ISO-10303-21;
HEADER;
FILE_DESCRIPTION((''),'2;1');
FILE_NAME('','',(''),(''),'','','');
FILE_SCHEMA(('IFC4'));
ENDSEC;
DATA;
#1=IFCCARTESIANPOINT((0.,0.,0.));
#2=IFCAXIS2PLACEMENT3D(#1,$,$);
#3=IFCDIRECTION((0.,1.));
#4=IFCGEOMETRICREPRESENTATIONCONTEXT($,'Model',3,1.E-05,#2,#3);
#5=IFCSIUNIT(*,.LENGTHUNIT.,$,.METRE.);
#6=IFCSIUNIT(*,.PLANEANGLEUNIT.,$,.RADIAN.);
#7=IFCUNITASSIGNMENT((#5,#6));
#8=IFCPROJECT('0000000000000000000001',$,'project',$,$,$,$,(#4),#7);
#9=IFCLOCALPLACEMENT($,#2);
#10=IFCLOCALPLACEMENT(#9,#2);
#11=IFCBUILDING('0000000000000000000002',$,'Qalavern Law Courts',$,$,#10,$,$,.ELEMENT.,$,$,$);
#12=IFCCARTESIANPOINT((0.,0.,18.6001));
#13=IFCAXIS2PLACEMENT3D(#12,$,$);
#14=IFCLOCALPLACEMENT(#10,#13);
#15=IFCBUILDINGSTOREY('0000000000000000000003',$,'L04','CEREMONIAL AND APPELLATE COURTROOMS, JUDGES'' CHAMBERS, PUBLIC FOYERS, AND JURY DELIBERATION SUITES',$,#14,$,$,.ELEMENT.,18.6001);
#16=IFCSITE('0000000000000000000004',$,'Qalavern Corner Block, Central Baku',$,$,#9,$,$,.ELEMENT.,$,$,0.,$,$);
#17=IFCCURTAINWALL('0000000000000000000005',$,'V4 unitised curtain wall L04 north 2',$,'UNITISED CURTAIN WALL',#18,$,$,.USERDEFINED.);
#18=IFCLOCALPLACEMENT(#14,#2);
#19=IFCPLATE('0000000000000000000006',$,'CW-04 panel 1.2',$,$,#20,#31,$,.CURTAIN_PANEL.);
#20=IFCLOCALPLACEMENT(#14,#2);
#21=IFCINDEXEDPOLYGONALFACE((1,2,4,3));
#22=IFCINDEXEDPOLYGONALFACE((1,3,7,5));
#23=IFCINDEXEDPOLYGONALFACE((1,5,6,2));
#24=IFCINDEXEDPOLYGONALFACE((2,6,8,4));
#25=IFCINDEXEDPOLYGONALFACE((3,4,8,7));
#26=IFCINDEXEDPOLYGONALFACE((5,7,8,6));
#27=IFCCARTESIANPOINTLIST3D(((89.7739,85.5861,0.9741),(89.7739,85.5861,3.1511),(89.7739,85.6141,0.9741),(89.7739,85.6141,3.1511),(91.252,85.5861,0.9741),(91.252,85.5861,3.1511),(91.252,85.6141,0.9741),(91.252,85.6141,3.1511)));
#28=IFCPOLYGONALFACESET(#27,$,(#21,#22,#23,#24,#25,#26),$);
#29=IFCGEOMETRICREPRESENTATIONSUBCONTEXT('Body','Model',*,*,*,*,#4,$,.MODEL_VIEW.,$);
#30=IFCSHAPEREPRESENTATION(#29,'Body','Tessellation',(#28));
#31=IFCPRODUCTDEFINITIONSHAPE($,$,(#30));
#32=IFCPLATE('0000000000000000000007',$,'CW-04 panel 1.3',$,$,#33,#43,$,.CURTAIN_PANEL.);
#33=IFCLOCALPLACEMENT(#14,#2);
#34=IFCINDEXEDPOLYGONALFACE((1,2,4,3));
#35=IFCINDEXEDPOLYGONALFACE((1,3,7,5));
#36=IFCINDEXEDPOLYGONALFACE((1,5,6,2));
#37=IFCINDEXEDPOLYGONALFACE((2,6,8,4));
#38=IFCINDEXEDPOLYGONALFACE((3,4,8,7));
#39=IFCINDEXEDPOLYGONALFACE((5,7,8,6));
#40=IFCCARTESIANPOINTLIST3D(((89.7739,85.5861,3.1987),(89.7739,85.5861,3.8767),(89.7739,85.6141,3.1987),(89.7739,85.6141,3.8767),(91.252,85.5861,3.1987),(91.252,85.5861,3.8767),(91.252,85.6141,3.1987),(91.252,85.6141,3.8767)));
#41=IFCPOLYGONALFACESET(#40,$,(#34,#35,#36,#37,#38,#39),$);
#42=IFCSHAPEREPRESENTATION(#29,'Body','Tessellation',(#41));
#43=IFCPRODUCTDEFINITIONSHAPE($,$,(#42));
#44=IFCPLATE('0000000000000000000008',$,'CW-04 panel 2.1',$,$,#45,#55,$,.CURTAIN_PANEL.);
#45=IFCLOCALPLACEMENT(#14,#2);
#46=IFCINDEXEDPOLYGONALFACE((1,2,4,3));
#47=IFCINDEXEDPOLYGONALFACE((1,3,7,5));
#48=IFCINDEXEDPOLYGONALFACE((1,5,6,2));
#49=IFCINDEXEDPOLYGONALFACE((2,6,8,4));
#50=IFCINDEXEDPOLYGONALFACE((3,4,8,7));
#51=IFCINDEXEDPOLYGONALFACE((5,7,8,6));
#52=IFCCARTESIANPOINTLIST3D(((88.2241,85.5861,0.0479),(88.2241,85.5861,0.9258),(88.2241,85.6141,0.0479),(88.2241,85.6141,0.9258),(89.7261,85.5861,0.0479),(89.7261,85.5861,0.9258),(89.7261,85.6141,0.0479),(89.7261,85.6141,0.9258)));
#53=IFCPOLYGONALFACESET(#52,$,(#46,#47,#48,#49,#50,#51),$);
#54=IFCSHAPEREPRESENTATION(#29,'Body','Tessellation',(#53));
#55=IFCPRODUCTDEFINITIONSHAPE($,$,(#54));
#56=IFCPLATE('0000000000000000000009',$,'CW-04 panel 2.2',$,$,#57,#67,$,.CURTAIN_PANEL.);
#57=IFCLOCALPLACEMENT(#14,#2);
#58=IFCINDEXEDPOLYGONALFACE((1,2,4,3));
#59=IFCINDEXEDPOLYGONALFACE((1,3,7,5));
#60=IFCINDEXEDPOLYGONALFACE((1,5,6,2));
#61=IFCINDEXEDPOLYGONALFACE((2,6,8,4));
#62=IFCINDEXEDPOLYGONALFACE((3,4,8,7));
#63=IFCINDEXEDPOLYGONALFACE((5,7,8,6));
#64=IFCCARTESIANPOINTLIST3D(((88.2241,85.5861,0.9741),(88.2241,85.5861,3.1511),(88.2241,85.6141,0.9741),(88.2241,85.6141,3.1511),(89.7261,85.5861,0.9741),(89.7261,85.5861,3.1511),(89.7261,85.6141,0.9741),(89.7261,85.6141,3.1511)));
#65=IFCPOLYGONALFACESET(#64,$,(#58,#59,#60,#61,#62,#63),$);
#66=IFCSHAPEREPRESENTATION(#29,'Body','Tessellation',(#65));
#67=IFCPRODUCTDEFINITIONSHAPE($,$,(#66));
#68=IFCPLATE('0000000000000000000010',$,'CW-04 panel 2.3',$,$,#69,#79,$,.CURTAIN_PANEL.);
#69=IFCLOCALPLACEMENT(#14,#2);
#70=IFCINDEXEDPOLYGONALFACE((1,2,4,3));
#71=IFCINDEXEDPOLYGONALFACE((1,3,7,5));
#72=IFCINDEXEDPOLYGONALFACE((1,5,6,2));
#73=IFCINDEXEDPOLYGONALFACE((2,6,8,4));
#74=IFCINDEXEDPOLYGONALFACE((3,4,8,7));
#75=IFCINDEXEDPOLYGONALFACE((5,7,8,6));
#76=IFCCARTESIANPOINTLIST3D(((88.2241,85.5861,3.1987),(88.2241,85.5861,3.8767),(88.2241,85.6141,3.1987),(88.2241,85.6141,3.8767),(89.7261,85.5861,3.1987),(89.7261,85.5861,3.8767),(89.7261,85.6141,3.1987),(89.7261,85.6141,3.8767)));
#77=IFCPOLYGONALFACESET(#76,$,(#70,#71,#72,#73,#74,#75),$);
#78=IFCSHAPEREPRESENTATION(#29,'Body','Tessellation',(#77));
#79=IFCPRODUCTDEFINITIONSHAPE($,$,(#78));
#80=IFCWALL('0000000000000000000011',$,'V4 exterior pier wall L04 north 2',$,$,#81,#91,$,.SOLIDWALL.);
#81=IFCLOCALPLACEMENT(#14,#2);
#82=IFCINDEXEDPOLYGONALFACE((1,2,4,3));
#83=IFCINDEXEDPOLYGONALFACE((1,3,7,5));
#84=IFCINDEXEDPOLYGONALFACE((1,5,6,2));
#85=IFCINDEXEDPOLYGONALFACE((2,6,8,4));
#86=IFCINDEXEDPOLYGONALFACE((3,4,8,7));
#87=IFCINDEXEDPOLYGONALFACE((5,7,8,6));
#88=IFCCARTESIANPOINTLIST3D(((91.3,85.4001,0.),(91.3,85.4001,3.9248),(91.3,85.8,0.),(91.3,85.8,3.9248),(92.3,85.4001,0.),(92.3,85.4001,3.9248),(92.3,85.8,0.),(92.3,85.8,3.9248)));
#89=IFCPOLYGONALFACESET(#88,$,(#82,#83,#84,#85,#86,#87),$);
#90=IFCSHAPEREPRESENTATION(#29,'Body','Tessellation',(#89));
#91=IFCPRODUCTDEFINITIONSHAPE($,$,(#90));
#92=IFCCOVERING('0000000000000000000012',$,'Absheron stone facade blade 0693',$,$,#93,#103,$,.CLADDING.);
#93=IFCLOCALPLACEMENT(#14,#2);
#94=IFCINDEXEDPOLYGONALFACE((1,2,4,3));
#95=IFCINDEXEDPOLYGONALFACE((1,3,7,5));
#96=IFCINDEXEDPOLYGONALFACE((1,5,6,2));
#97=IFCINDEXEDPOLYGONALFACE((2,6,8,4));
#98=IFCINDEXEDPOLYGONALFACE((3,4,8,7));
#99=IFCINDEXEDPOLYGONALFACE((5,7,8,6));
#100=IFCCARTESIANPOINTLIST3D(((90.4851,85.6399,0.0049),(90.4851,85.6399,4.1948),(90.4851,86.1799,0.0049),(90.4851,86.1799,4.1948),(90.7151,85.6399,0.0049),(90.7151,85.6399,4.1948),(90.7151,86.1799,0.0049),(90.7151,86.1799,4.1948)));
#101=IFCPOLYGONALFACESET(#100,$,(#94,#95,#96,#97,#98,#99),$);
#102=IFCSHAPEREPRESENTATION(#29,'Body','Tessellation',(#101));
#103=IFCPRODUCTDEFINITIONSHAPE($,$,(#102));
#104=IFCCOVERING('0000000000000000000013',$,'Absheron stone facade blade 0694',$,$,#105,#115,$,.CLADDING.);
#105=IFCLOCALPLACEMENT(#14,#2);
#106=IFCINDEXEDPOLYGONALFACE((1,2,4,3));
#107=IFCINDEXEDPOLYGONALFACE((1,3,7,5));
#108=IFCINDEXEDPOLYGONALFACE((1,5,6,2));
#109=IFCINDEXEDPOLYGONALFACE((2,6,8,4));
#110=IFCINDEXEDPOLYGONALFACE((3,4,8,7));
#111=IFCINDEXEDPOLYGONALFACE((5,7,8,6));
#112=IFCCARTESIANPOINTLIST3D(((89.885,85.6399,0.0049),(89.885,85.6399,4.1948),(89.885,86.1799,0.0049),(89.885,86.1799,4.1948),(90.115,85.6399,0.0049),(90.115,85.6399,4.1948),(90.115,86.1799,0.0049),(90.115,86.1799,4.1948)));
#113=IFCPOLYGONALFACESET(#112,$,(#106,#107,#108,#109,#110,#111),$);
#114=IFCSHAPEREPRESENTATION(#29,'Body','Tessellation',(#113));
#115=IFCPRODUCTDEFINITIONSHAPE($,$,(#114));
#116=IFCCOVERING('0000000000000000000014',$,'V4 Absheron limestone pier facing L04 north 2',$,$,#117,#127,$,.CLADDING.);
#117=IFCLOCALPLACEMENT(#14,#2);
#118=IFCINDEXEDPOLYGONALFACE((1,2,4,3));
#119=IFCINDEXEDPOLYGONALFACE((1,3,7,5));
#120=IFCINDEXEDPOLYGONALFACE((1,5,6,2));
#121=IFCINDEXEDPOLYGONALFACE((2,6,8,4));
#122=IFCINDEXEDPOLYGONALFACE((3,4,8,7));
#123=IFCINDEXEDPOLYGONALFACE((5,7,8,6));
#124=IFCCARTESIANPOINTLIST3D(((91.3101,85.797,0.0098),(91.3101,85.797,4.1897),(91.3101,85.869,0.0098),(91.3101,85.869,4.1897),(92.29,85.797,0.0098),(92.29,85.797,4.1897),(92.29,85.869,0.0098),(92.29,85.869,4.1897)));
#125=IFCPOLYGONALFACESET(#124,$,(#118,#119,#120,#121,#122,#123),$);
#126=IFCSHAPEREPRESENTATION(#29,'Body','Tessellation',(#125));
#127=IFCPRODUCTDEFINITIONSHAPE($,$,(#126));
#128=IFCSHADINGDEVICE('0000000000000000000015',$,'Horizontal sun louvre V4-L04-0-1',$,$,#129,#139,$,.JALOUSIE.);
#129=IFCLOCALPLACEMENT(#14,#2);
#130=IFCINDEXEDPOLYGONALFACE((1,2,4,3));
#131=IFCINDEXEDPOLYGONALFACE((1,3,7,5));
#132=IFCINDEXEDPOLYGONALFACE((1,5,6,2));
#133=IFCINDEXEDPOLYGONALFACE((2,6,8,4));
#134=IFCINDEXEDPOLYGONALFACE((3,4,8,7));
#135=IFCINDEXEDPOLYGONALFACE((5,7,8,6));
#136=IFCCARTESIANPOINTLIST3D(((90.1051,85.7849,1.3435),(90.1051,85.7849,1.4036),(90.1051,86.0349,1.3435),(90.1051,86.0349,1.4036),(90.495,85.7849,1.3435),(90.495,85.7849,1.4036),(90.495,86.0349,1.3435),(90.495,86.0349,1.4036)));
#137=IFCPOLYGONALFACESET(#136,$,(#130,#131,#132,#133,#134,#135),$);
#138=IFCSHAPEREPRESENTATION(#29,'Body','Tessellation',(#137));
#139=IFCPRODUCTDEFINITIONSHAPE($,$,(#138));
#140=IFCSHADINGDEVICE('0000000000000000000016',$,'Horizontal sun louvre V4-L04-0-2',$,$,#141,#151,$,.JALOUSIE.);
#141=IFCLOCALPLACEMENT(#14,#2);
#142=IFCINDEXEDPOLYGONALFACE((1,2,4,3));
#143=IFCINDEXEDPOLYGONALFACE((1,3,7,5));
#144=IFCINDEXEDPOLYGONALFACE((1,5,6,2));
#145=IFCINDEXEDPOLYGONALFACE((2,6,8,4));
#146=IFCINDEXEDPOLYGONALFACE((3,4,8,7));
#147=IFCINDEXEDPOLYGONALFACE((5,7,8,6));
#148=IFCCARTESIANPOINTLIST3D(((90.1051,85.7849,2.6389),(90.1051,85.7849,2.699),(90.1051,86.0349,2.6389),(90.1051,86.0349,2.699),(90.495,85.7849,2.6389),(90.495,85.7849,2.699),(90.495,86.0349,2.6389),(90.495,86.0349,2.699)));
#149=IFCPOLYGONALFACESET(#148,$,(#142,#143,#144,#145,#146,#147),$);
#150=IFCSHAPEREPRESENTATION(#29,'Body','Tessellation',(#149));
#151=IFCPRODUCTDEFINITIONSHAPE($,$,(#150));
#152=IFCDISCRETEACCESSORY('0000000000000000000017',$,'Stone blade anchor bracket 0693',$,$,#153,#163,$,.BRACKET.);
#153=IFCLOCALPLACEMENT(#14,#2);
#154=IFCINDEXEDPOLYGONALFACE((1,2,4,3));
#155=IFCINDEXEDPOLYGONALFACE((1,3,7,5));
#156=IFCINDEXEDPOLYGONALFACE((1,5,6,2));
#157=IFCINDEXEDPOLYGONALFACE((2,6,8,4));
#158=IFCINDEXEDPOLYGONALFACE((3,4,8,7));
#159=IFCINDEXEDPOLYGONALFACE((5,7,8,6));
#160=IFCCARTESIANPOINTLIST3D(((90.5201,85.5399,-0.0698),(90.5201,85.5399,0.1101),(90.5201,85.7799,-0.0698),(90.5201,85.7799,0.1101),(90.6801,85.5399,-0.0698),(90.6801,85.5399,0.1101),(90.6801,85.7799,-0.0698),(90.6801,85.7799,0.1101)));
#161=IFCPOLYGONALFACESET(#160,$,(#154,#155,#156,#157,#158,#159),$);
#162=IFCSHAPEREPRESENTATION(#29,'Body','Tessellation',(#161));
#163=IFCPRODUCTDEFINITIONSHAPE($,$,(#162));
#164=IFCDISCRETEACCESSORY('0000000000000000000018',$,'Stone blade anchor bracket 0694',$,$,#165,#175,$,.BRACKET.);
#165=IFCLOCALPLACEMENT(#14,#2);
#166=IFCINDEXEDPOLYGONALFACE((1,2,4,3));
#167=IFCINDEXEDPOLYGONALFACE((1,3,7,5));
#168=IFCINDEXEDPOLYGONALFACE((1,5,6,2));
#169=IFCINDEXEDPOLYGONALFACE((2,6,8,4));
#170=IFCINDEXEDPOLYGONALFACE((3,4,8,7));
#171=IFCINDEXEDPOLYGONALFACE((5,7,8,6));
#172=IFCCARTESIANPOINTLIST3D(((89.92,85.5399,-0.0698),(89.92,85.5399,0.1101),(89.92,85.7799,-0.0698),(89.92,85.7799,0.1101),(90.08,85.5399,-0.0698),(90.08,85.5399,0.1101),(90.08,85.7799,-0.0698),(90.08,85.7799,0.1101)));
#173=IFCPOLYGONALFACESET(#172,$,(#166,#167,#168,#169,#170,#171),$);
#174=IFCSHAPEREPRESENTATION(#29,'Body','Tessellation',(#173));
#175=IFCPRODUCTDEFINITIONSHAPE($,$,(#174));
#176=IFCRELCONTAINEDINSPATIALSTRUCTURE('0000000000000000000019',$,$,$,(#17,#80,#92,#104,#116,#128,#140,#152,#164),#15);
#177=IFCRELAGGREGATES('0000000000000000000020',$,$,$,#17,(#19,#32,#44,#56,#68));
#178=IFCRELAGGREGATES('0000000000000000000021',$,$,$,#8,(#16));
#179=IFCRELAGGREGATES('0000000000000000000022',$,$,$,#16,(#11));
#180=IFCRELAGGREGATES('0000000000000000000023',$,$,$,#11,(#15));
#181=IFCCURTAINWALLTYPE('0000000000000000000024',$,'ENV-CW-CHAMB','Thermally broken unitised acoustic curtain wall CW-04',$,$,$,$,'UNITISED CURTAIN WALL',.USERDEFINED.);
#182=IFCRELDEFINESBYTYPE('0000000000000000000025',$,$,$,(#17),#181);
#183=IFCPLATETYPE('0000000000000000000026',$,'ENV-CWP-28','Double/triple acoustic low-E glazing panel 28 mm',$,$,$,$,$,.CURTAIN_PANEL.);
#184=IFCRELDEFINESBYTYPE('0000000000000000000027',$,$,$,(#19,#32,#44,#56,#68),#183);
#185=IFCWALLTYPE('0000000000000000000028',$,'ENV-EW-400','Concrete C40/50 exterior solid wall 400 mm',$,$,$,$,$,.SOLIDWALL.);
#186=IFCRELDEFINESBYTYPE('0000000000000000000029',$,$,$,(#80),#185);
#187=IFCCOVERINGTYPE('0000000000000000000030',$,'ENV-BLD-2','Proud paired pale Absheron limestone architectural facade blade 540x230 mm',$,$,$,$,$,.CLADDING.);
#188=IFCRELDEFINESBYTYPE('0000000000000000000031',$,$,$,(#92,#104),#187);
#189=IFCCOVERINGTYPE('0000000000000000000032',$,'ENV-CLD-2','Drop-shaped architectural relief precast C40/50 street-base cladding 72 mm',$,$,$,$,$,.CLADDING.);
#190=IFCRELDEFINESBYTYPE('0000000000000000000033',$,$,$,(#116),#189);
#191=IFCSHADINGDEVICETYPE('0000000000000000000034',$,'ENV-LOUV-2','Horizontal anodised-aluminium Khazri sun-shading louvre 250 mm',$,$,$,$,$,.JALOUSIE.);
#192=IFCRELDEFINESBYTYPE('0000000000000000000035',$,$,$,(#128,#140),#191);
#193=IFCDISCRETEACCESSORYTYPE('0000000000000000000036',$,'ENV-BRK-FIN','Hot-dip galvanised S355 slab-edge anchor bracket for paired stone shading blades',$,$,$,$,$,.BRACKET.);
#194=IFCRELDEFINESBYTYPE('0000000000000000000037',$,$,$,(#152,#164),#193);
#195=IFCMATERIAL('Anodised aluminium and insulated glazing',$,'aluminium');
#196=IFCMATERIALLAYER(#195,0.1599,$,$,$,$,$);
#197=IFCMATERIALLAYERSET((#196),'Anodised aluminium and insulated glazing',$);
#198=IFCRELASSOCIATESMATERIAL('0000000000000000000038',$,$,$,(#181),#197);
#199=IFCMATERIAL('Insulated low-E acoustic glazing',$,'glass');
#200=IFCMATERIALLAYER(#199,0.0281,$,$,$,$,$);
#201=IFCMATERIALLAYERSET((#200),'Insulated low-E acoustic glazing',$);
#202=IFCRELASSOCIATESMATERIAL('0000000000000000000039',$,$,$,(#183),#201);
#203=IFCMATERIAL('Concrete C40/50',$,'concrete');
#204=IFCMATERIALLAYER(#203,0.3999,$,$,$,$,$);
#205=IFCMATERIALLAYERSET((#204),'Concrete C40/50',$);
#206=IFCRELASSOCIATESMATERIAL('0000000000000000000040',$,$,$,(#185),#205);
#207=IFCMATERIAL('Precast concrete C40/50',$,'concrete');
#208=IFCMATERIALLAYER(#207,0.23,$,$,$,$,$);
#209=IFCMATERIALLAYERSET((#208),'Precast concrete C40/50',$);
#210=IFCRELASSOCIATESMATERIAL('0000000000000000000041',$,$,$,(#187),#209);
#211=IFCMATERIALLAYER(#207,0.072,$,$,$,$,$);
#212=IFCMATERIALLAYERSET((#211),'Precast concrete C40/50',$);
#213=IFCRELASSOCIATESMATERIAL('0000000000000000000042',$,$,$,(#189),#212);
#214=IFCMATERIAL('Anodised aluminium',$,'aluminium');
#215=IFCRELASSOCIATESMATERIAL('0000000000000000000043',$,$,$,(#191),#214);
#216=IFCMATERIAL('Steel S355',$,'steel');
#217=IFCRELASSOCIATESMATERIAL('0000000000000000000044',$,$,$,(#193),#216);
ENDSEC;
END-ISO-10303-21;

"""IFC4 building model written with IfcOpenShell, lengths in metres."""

from ifc_helpers import new_model, si_unit, direction, frame, frame_2d, origin, origin_2d, place, context, subcontext, project, spatial, rectangle, extrude, material, layer, layer_set, type_object, element, aggregate, save


model = new_model("IFC4")

# Units and contexts
model_context = context("Model", 3, precision=1e-05, world=origin(), true_north=direction((0.0, 1.0)))
body_context = subcontext(model_context, "Body", "Model", "MODEL_VIEW")
ifc_project = project(units=[si_unit("LENGTHUNIT", "METRE"), si_unit("PLANEANGLEUNIT", "RADIAN")], contexts=[model_context])

# Site, building, storey
site_placement = place(None, origin())
site = spatial("IfcSite", under=ifc_project, at=site_placement, Name="Qalavern Corner Block, Central Baku", CompositionType="ELEMENT", RefElevation=0.0)
building_placement = place(site_placement, origin())
building = spatial("IfcBuilding", under=site, at=building_placement, Name="Qalavern Law Courts", CompositionType="ELEMENT")
storey_placement = place(building_placement, frame((0.0, 0.0, 18.6001)))
storey = spatial("IfcBuildingStorey", under=building, at=storey_placement, Name="L04", Description="CEREMONIAL AND APPELLATE COURTROOMS, JUDGES' CHAMBERS, PUBLIC FOYERS, AND JURY DELIBERATION SUITES", CompositionType="ELEMENT", Elevation=18.6001)

# Curtain wall
ifc_material_1 = material(Name="Anodised aluminium and insulated glazing", Category="aluminium")
ifc_layer_1 = layer(ifc_material_1, 0.1599)
ifc_layer_set_1 = layer_set([ifc_layer_1], Name="Anodised aluminium and insulated glazing")
curtain_wall_type = type_object("IfcCurtainWallType", Name="ENV-CW-CHAMB", Description="Thermally broken unitised acoustic curtain wall CW-04", ElementType="UNITISED CURTAIN WALL", PredefinedType="USERDEFINED", material=ifc_layer_set_1)
ifc_material_2 = material(Name="Anodised aluminium", Category="aluminium")
curtain_wall_1_placement = place(storey_placement, origin())
curtain_wall_1 = element("IfcCurtainWall", 1, at=curtain_wall_1_placement, inside=storey, type_object=curtain_wall_type, Name="V4 unitised curtain wall L04 north 2", ObjectType="UNITISED CURTAIN WALL", PredefinedType="USERDEFINED")

# Shared definitions
ifc_material_3 = material(Name="Concrete C40/50", Category="concrete")

# Plates
ifc_material_4 = material(Name="Insulated low-E acoustic glazing", Category="glass")
ifc_layer_2 = layer(ifc_material_4, 0.0281)
ifc_layer_set_2 = layer_set([ifc_layer_2], Name="Insulated low-E acoustic glazing")
plate_type_1 = type_object("IfcPlateType", Name="ENV-CWP-28", Description="Double/triple acoustic low-E glazing panel 28 mm", PredefinedType="CURTAIN_PANEL", material=ifc_layer_set_2)
plate_1_placement = place(storey_placement, frame((90.5129, 85.6001, 0.9741), z_axis=(0.0, 0.0, 1.0), x_axis=(-1.0, 0.0, 0.0)))
plate_1 = element("IfcPlate", 2, at=plate_1_placement, type_object=plate_type_1, Name="CW-04 panel 1.2", PredefinedType="CURTAIN_PANEL", context=body_context, shape_type="SweptSolid", body=[
    extrude(rectangle(XDim=1.478, YDim=0.0281, at=origin_2d()), origin(), (0.0, 0.0, 1.0), 2.177),
])
plate_2_placement = place(storey_placement, frame((90.5129, 85.6001, 3.1987), z_axis=(0.0, 0.0, 1.0), x_axis=(-1.0, 0.0, 0.0)))
plate_2 = element("IfcPlate", 3, at=plate_2_placement, type_object=plate_type_1, Name="CW-04 panel 1.3", PredefinedType="CURTAIN_PANEL", context=body_context, shape_type="SweptSolid", body=[
    extrude(rectangle(XDim=1.478, YDim=0.0281, at=origin_2d()), origin(), (0.0, 0.0, 1.0), 0.678),
])
plate_3_placement = place(storey_placement, frame((88.9751, 85.6001, 0.0479), z_axis=(0.0, 0.0, 1.0), x_axis=(-1.0, 0.0, 0.0)))
plate_3 = element("IfcPlate", 4, at=plate_3_placement, type_object=plate_type_1, Name="CW-04 panel 2.1", PredefinedType="CURTAIN_PANEL", context=body_context, shape_type="SweptSolid", body=[
    extrude(rectangle(XDim=1.502, YDim=0.0281, at=origin_2d()), origin(), (0.0, 0.0, 1.0), 0.8779),
])
plate_4_placement = place(storey_placement, frame((88.9751, 85.6001, 0.9741), z_axis=(0.0, 0.0, 1.0), x_axis=(-1.0, 0.0, 0.0)))
plate_4 = element("IfcPlate", 5, at=plate_4_placement, type_object=plate_type_1, Name="CW-04 panel 2.2", PredefinedType="CURTAIN_PANEL", context=body_context, shape_type="SweptSolid", body=[
    extrude(rectangle(XDim=1.502, YDim=0.0281, at=origin_2d()), origin(), (0.0, 0.0, 1.0), 2.177),
])
plate_5_placement = place(storey_placement, frame((88.9751, 85.6001, 3.1987), z_axis=(0.0, 0.0, 1.0), x_axis=(-1.0, 0.0, 0.0)))
plate_5 = element("IfcPlate", 6, at=plate_5_placement, type_object=plate_type_1, Name="CW-04 panel 2.3", PredefinedType="CURTAIN_PANEL", context=body_context, shape_type="SweptSolid", body=[
    extrude(rectangle(XDim=1.502, YDim=0.0281, at=origin_2d()), origin(), (0.0, 0.0, 1.0), 0.678),
])
aggregate(curtain_wall_1, [plate_1, plate_2, plate_3, plate_4, plate_5])

# Wall
ifc_layer_3 = layer(ifc_material_3, 0.3999)
ifc_layer_set_3 = layer_set([ifc_layer_3], Name="Concrete C40/50")
wall_type = type_object("IfcWallType", Name="ENV-EW-400", Description="Concrete C40/50 exterior solid wall 400 mm", PredefinedType="SOLIDWALL", material=ifc_layer_set_3)
wall_placement = place(storey_placement, frame((92.3, 85.6001, 0.0), z_axis=(0.0, 0.0, 1.0), x_axis=(-1.0, 0.0, 0.0)))
element("IfcWall", 7, at=wall_placement, inside=storey, type_object=wall_type, Name="V4 exterior pier wall L04 north 2", PredefinedType="SOLIDWALL", context=body_context, shape_type="SweptSolid", body=[
    extrude(rectangle(XDim=1.0, YDim=0.3999, at=frame_2d((0.5, 0.0))), origin(), (0.0, 0.0, 1.0), 3.9248),
])

# Coverings
ifc_material_5 = material(Name="Precast concrete C40/50", Category="concrete")
ifc_layer_4 = layer(ifc_material_5, 0.23)
ifc_layer_set_4 = layer_set([ifc_layer_4], Name="Precast concrete C40/50")
covering_type_1 = type_object("IfcCoveringType", Name="ENV-BLD-2", Description="Proud paired pale Absheron limestone architectural facade blade 540x230 mm", PredefinedType="CLADDING", material=ifc_layer_set_4)
for number, where, z_axis, x_axis, name in (
    (8, (90.6001, 85.9099, 0.0049), (0.0, 0.0, 1.0), (0.0, 1.0, 0.0), "Absheron stone facade blade 0693"),
    (9, (90.0, 85.9099, 0.0049), (0.0, 0.0, 1.0), (0.0, 1.0, 0.0), "Absheron stone facade blade 0694"),
):
    element("IfcCovering", number, at=place(storey_placement, frame(where, z_axis=z_axis, x_axis=x_axis)), inside=storey, type_object=covering_type_1, Name=name, PredefinedType="CLADDING", context=body_context, shape_type="SweptSolid", body=[
        extrude(rectangle(XDim=0.54, YDim=0.23, at=origin_2d()), origin(), (0.0, 0.0, 1.0), 4.1899),
    ])
ifc_layer_5 = layer(ifc_material_5, 0.072)
ifc_layer_set_5 = layer_set([ifc_layer_5], Name="Precast concrete C40/50")
covering_type_2 = type_object("IfcCoveringType", Name="ENV-CLD-2", Description="Drop-shaped architectural relief precast C40/50 street-base cladding 72 mm", PredefinedType="CLADDING", material=ifc_layer_set_5)
covering_placement = place(storey_placement, frame((91.8, 85.833, 0.0098), z_axis=(0.0, 0.0, 1.0), x_axis=(-1.0, 0.0, 0.0)))
element("IfcCovering", 10, at=covering_placement, inside=storey, type_object=covering_type_2, Name="V4 Absheron limestone pier facing L04 north 2", PredefinedType="CLADDING", context=body_context, shape_type="SweptSolid", body=[
    extrude(rectangle(XDim=0.98, YDim=0.072, at=origin_2d()), origin(), (0.0, 0.0, 1.0), 4.1799),
])

# Shading devices
shading_device_type = type_object("IfcShadingDeviceType", Name="ENV-LOUV-2", Description="Horizontal anodised-aluminium Khazri sun-shading louvre 250 mm", PredefinedType="JALOUSIE", material=ifc_material_2)
for number, where, z_axis, x_axis, name in (
    (11, (90.3, 85.9099, 1.3435), (0.0, 0.0, 1.0), (-1.0, 0.0, 0.0), "Horizontal sun louvre V4-L04-0-1"),
    (12, (90.3, 85.9099, 2.6389), (0.0, 0.0, 1.0), (-1.0, 0.0, 0.0), "Horizontal sun louvre V4-L04-0-2"),
):
    element("IfcShadingDevice", number, at=place(storey_placement, frame(where, z_axis=z_axis, x_axis=x_axis)), inside=storey, type_object=shading_device_type, Name=name, PredefinedType="JALOUSIE", context=body_context, shape_type="SweptSolid", body=[
        extrude(rectangle(XDim=0.3899, YDim=0.25, at=origin_2d()), origin(), (0.0, 0.0, 1.0), 0.0601),
    ])

# Discrete accessories
ifc_material_6 = material(Name="Steel S355", Category="steel")
discrete_accessory_type = type_object("IfcDiscreteAccessoryType", Name="ENV-BRK-FIN", Description="Hot-dip galvanised S355 slab-edge anchor bracket for paired stone shading blades", PredefinedType="BRACKET", material=ifc_material_6)
for number, where, z_axis, x_axis, name in (
    (13, (90.6001, 85.6599, -0.0698), (0.0, 0.0, 1.0), (0.0, 1.0, 0.0), "Stone blade anchor bracket 0693"),
    (14, (90.0, 85.6599, -0.0698), (0.0, 0.0, 1.0), (0.0, 1.0, 0.0), "Stone blade anchor bracket 0694"),
):
    element("IfcDiscreteAccessory", number, at=place(storey_placement, frame(where, z_axis=z_axis, x_axis=x_axis)), inside=storey, type_object=discrete_accessory_type, Name=name, PredefinedType="BRACKET", context=body_context, shape_type="SweptSolid", body=[
        extrude(rectangle(XDim=0.24, YDim=0.1599, at=origin_2d()), origin(), (0.0, 0.0, 1.0), 0.1799),
    ])

save(model, "model.ifc")
